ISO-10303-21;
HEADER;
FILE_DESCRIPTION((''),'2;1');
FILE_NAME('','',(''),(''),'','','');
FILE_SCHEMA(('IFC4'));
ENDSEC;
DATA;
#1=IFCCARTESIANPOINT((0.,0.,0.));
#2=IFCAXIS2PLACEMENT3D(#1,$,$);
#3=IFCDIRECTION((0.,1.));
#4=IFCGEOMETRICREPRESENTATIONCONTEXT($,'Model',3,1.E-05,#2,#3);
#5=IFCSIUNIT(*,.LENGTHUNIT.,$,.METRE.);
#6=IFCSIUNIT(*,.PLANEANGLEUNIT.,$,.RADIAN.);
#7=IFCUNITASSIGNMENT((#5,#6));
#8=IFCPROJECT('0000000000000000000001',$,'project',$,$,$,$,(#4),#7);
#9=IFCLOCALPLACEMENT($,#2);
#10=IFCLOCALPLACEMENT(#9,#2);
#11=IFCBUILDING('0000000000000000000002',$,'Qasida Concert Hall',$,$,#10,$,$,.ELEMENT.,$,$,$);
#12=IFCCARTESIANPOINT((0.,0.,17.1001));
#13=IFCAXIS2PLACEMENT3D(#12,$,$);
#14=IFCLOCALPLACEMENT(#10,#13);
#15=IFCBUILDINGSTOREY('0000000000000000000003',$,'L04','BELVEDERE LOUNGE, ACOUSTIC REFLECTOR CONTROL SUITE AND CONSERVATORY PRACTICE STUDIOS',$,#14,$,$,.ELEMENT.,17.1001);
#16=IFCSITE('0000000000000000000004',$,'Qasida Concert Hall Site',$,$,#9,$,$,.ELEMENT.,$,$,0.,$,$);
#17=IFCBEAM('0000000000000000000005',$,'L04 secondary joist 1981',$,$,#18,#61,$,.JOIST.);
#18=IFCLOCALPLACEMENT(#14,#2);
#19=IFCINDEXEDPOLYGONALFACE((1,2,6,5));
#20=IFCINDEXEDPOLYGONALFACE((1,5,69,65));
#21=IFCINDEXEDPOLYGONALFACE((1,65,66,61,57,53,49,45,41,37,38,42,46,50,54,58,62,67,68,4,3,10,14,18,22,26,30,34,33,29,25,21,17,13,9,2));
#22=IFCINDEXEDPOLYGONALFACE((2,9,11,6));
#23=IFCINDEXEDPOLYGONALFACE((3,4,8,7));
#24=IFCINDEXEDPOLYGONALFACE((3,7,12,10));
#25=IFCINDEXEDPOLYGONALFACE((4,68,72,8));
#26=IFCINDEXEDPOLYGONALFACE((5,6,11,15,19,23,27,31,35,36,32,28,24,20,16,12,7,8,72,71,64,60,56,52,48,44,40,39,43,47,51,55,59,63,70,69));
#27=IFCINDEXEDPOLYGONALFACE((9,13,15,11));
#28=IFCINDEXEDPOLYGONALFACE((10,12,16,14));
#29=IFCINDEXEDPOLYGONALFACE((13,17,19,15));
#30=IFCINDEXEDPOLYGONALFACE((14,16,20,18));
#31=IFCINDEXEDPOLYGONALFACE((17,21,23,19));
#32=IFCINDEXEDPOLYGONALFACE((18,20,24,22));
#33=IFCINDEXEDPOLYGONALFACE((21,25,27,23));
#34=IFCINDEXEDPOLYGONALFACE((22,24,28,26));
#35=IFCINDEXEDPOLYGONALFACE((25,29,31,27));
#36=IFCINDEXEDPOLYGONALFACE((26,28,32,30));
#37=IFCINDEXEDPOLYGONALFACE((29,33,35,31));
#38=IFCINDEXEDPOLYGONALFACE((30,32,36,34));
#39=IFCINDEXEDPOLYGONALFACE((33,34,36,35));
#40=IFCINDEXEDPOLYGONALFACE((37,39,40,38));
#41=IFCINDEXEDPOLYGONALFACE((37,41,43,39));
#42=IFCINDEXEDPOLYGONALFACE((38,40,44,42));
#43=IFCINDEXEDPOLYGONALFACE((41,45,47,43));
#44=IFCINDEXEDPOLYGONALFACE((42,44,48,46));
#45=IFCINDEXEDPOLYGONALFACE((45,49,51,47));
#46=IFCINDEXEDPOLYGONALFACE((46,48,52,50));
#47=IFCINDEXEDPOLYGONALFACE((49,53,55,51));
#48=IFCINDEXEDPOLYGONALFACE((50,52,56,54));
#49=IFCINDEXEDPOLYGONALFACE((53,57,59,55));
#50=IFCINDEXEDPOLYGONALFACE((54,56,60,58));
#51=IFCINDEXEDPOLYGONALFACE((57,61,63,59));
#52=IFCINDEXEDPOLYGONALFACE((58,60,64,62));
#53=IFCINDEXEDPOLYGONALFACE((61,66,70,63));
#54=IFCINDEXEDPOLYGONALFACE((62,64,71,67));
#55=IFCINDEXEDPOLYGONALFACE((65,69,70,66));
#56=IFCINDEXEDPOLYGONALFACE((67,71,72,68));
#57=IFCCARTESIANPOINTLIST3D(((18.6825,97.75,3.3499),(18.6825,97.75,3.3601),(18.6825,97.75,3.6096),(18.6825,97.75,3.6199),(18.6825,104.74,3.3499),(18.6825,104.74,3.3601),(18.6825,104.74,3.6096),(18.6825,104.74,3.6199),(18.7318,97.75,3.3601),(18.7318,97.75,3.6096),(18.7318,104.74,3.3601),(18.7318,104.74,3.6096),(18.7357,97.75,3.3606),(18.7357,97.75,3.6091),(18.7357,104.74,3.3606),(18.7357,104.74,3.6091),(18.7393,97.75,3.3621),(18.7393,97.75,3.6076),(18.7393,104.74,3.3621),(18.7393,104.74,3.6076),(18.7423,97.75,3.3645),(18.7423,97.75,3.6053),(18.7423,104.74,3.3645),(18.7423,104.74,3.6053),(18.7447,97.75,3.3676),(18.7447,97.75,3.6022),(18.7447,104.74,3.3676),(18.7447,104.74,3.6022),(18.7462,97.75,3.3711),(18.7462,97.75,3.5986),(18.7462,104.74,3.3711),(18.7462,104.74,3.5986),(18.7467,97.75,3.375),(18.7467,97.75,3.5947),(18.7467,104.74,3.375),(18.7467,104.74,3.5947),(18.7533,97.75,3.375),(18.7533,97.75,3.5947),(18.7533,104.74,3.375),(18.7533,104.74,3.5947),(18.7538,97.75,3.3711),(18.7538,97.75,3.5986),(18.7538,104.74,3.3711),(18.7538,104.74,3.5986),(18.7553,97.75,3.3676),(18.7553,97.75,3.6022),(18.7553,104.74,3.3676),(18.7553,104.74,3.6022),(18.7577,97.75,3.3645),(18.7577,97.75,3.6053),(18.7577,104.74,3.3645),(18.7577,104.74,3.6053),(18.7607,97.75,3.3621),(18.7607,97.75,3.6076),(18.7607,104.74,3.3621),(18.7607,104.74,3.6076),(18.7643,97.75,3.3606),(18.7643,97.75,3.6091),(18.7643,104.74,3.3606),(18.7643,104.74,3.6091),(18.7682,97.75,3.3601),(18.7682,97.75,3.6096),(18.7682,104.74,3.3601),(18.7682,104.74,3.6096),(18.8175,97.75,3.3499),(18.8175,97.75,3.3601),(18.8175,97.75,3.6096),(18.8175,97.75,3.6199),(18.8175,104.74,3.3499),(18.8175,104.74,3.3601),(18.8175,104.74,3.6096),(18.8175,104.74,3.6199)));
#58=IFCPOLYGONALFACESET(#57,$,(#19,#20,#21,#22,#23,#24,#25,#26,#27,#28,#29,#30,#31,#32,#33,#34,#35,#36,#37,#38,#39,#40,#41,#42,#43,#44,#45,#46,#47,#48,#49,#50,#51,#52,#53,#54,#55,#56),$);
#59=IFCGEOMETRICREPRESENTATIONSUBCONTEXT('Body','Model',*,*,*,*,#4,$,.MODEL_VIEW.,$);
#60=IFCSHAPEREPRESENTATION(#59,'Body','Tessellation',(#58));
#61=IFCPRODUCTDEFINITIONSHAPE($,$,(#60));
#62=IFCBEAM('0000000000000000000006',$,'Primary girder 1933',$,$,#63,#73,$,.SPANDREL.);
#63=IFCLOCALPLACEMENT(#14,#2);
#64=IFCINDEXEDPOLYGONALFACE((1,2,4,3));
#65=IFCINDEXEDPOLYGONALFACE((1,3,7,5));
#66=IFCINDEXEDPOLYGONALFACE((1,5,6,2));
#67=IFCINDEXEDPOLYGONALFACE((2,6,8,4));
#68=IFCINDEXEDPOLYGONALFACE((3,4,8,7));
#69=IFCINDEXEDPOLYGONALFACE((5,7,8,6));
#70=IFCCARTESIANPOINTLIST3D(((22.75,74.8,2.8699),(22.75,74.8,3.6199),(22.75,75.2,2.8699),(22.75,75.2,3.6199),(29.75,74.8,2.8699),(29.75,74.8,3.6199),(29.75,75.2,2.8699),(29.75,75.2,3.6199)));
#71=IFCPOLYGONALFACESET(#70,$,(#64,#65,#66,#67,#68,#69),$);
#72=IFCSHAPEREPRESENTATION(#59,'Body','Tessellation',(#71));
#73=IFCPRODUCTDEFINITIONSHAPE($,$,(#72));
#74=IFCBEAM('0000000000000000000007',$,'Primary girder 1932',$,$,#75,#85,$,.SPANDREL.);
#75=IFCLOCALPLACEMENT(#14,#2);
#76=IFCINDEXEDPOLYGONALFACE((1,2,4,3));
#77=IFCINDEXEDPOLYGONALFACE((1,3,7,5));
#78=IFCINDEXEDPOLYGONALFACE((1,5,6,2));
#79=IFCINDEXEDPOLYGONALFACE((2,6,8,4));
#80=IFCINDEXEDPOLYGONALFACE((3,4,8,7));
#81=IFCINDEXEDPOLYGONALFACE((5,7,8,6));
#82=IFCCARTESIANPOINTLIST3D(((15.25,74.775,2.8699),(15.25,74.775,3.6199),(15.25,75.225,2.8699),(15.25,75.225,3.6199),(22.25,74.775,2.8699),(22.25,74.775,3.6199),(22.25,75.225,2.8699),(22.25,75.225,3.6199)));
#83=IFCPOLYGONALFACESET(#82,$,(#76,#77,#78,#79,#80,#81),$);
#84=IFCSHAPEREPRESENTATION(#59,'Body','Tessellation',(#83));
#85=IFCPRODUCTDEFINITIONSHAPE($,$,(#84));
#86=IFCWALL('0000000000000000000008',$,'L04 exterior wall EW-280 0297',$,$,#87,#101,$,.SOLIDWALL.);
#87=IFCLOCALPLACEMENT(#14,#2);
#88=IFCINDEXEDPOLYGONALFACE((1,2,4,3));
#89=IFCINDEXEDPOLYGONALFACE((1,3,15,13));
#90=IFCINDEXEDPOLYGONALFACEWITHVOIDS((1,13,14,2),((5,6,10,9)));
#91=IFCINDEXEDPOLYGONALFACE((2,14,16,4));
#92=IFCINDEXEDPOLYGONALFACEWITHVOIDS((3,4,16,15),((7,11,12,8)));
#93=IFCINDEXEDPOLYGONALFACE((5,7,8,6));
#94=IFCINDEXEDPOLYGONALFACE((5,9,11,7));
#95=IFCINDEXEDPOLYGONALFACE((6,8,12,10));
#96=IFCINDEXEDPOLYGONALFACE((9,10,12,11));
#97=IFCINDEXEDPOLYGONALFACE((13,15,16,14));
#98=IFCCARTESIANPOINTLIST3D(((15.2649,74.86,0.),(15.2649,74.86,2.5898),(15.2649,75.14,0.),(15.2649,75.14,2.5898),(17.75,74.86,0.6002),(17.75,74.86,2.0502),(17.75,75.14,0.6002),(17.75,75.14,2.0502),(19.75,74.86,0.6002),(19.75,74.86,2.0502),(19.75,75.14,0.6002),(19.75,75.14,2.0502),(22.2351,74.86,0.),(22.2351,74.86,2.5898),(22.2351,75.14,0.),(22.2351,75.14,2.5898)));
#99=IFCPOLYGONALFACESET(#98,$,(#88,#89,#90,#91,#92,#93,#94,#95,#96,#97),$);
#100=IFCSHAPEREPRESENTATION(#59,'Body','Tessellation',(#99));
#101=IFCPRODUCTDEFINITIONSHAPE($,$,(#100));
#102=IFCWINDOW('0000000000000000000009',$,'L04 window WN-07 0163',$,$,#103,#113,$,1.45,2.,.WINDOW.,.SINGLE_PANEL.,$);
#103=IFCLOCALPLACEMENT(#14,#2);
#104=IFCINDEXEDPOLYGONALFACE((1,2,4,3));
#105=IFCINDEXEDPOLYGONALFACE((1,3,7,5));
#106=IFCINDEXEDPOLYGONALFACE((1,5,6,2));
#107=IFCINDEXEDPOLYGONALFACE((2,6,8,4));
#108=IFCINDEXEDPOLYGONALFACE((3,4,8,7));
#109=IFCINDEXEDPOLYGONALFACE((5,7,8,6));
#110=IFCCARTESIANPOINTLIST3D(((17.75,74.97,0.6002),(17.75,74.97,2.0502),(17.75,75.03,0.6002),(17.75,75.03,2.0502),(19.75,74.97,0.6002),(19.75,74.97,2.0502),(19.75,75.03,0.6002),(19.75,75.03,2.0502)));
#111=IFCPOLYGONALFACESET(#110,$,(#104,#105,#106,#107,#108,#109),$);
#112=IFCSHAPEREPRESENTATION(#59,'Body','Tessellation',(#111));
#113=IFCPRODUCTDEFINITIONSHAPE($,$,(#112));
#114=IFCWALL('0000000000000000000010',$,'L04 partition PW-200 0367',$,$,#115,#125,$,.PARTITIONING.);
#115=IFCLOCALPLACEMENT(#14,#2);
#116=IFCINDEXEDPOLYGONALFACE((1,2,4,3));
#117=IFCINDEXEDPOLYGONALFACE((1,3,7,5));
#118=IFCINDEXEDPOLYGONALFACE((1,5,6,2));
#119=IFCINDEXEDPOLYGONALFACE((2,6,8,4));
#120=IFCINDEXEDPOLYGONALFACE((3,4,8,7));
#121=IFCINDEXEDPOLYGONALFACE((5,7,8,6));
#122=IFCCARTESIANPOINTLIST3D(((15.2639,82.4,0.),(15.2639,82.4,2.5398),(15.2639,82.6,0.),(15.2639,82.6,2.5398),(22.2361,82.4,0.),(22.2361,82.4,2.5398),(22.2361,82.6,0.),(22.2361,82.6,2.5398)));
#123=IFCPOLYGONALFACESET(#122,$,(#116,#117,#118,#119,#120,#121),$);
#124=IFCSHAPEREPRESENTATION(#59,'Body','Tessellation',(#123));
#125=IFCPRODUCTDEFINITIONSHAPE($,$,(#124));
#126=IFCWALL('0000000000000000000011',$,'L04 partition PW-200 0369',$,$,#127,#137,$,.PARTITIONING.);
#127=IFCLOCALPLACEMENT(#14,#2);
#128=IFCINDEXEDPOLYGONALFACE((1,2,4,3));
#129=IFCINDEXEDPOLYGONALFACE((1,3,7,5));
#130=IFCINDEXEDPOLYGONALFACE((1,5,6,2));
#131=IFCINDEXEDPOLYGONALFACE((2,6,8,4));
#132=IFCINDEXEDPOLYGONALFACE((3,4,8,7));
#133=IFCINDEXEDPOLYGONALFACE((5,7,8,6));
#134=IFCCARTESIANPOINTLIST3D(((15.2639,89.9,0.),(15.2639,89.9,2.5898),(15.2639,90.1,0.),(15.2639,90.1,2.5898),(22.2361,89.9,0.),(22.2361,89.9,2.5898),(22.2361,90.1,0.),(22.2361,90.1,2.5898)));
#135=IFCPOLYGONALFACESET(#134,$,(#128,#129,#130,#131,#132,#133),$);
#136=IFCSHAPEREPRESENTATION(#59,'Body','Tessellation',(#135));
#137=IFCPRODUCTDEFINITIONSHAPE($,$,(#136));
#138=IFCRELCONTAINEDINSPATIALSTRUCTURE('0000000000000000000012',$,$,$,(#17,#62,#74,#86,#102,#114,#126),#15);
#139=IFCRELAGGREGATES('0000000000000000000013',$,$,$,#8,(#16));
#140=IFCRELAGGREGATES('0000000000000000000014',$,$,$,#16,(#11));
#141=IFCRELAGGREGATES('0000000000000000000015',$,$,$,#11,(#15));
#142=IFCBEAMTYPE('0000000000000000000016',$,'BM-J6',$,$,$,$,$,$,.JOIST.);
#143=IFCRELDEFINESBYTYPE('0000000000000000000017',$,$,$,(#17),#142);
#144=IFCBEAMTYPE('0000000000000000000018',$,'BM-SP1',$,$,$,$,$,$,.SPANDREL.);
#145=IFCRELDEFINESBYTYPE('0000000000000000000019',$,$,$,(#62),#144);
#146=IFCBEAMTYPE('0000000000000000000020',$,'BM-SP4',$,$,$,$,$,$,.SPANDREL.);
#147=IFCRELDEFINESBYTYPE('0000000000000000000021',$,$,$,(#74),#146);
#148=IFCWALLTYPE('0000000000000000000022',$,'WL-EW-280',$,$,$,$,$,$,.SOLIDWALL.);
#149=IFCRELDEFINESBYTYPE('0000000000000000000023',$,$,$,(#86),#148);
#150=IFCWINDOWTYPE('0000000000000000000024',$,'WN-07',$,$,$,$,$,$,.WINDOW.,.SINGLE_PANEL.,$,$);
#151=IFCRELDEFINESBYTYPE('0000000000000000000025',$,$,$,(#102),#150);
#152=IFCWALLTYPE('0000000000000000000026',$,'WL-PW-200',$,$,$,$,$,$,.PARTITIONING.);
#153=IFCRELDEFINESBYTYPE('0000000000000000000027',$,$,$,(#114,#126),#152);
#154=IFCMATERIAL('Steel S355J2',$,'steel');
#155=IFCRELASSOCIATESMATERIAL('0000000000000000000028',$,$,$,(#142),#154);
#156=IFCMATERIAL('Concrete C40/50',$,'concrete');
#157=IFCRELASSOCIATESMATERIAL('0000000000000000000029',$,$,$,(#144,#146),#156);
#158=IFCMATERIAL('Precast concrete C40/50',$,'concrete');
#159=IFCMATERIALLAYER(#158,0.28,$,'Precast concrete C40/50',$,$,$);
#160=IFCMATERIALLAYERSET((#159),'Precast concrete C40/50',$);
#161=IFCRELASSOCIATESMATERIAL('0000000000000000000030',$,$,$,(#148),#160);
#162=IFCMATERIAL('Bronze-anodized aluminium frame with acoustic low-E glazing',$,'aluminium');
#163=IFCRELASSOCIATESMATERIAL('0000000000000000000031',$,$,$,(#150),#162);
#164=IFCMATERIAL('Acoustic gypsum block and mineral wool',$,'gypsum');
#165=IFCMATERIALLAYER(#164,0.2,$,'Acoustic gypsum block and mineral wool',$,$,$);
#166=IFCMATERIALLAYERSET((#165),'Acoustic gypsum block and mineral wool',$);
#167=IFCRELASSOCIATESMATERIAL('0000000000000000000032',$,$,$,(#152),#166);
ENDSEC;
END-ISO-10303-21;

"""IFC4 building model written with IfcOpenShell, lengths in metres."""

from ifc_helpers import new_model, si_unit, direction, frame, frame_2d, origin, origin_2d, place, context, subcontext, project, spatial, rectangle, i_section, extrude, material, layer, layer_set, material_profile, profile_set, type_object, element, fill, save


model = new_model("IFC4")

# Units and contexts
model_context = context("Model", 3, precision=1e-05, world=origin(), true_north=direction((0.0, 1.0)))
body_context = subcontext(model_context, "Body", "Model", "MODEL_VIEW")
ifc_project = project(units=[si_unit("LENGTHUNIT", "METRE"), si_unit("PLANEANGLEUNIT", "RADIAN")], contexts=[model_context])

# Site, building, storey
site_placement = place(None, origin())
site = spatial("IfcSite", under=ifc_project, at=site_placement, Name="Qasida Concert Hall Site", CompositionType="ELEMENT", RefElevation=0.0)
building_placement = place(site_placement, origin())
building = spatial("IfcBuilding", under=site, at=building_placement, Name="Qasida Concert Hall", CompositionType="ELEMENT")
storey_placement = place(building_placement, frame((0.0, 0.0, 17.1001)))
storey = spatial("IfcBuildingStorey", under=building, at=storey_placement, Name="L04", Description="BELVEDERE LOUNGE, ACOUSTIC REFLECTOR CONTROL SUITE AND CONSERVATORY PRACTICE STUDIOS", CompositionType="ELEMENT", Elevation=17.1001)

# Beams
ifc_material_1 = material(Name="Concrete C40/50", Category="concrete")
ifc_material_2 = material(Name="Steel S355J2", Category="steel")
ifc_material_profile_1 = material_profile(ifc_material_2, i_section(OverallWidth=0.135, OverallDepth=0.27, WebThickness=0.0066, FlangeThickness=0.0103, FilletRadius=0.0149, at=origin_2d()), Name="IPE 270")
ifc_profile_set_1 = profile_set([ifc_material_profile_1], Name="Steel S355J2")
beam_type_1 = type_object("IfcBeamType", Name="BM-J6", PredefinedType="JOIST", material=ifc_profile_set_1)
beam_1_placement = place(storey_placement, frame((18.75, 97.75, 3.4849), z_axis=(0.0, 1.0, 0.0), x_axis=(-1.0, 0.0, 0.0)))
element("IfcBeam", 1, at=beam_1_placement, inside=storey, type_object=beam_type_1, Name="L04 secondary joist 1981", PredefinedType="JOIST", context=body_context, shape_type="SweptSolid", body=[
    extrude(i_section(OverallWidth=0.135, OverallDepth=0.27, WebThickness=0.0066, FlangeThickness=0.0103, FilletRadius=0.0149, at=origin_2d()), origin(), (0.0, 0.0, 1.0), 6.99),
])
ifc_material_profile_2 = material_profile(ifc_material_1, rectangle(XDim=0.3999, YDim=0.75, at=origin_2d()), Name="RC 400x750")
ifc_profile_set_2 = profile_set([ifc_material_profile_2], Name="Concrete C40/50")
beam_type_2 = type_object("IfcBeamType", Name="BM-SP1", PredefinedType="SPANDREL", material=ifc_profile_set_2)
beam_2_placement = place(storey_placement, frame((22.75, 75.0, 3.2449), z_axis=(1.0, 0.0, 0.0), x_axis=(0.0, 1.0, 0.0)))
element("IfcBeam", 2, at=beam_2_placement, inside=storey, type_object=beam_type_2, Name="Primary girder 1933", PredefinedType="SPANDREL", context=body_context, shape_type="SweptSolid", body=[
    extrude(rectangle(XDim=0.3999, YDim=0.75, at=origin_2d()), origin(), (0.0, 0.0, 1.0), 7.0),
])
ifc_material_profile_3 = material_profile(ifc_material_1, rectangle(XDim=0.45, YDim=0.75, at=origin_2d()), Name="RC 450x750")
ifc_profile_set_3 = profile_set([ifc_material_profile_3], Name="Concrete C40/50")
beam_type_3 = type_object("IfcBeamType", Name="BM-SP4", PredefinedType="SPANDREL", material=ifc_profile_set_3)
beam_3_placement = place(storey_placement, frame((15.25, 75.0, 3.2449), z_axis=(1.0, 0.0, 0.0), x_axis=(0.0, 1.0, 0.0)))
element("IfcBeam", 3, at=beam_3_placement, inside=storey, type_object=beam_type_3, Name="Primary girder 1932", PredefinedType="SPANDREL", context=body_context, shape_type="SweptSolid", body=[
    extrude(rectangle(XDim=0.45, YDim=0.75, at=origin_2d()), origin(), (0.0, 0.0, 1.0), 7.0),
])

# Wall, opening, window
ifc_material_3 = material(Name="Precast concrete C40/50", Category="concrete")
ifc_layer_1 = layer(ifc_material_3, 0.28, Name="Precast concrete C40/50")
ifc_layer_set_1 = layer_set([ifc_layer_1], Name="Precast concrete C40/50")
wall_type_1 = type_object("IfcWallType", Name="WL-EW-280", PredefinedType="SOLIDWALL", material=ifc_layer_set_1)
wall_1_placement = place(storey_placement, frame((15.2649, 75.0, 0.0), z_axis=(0.0, 0.0, 1.0), x_axis=(1.0, 0.0, 0.0)))
wall_1 = element("IfcWall", 4, at=wall_1_placement, inside=storey, type_object=wall_type_1, Name="L04 exterior wall EW-280 0297", PredefinedType="SOLIDWALL", context=body_context, shape_type="SweptSolid", body=[
    extrude(rectangle(XDim=6.9702, YDim=0.28, at=frame_2d((3.4851, 0.0))), origin(), (0.0, 0.0, 1.0), 2.5898),
])
opening_placement = place(wall_1_placement, frame((2.4851, 0.0, 0.6001)))
opening = element("IfcOpeningElement", 5, at=opening_placement, cuts=wall_1, PredefinedType="OPENING", context=body_context, shape_type="SweptSolid", body=[
    extrude(rectangle(XDim=2.0, YDim=1.45, at=frame_2d((1.0, 0.7251))), frame((0.0, 0.1499, 0.0), z_axis=(0.0, -1.0, 0.0), x_axis=(1.0, 0.0, 0.0)), (0.0, 0.0, 1.0), 0.3),
])
ifc_material_4 = material(Name="Bronze-anodized aluminium frame with acoustic low-E glazing", Category="aluminium")
window_type = type_object("IfcWindowType", Name="WN-07", PartitioningType="SINGLE_PANEL", PredefinedType="WINDOW", material=ifc_material_4)
window_placement = place(opening_placement, origin())
window = element("IfcWindow", 6, at=window_placement, inside=storey, type_object=window_type, Name="L04 window WN-07 0163", OverallHeight=1.45, OverallWidth=2.0, PartitioningType="SINGLE_PANEL", PredefinedType="WINDOW", context=body_context, shape_type="SweptSolid", body=[
    extrude(rectangle(XDim=2.0, YDim=1.45, at=frame_2d((1.0, 0.7251))), frame((0.0, 0.03, 0.0), z_axis=(0.0, -1.0, 0.0), x_axis=(1.0, 0.0, 0.0)), (0.0, 0.0, 1.0), 0.0601),
])
fill(opening, window)

# Walls
ifc_material_5 = material(Name="Acoustic gypsum block and mineral wool", Category="gypsum")
ifc_layer_2 = layer(ifc_material_5, 0.2, Name="Acoustic gypsum block and mineral wool")
ifc_layer_set_2 = layer_set([ifc_layer_2], Name="Acoustic gypsum block and mineral wool")
wall_type_2 = type_object("IfcWallType", Name="WL-PW-200", PredefinedType="PARTITIONING", material=ifc_layer_set_2)
wall_2_placement = place(storey_placement, frame((15.2639, 82.5, 0.0), z_axis=(0.0, 0.0, 1.0), x_axis=(1.0, 0.0, 0.0)))
element("IfcWall", 7, at=wall_2_placement, inside=storey, type_object=wall_type_2, Name="L04 partition PW-200 0367", PredefinedType="PARTITIONING", context=body_context, shape_type="SweptSolid", body=[
    extrude(rectangle(XDim=6.9722, YDim=0.2, at=frame_2d((3.4861, 0.0))), origin(), (0.0, 0.0, 1.0), 2.5398),
])
wall_3_placement = place(storey_placement, frame((15.2639, 90.0, 0.0), z_axis=(0.0, 0.0, 1.0), x_axis=(1.0, 0.0, 0.0)))
element("IfcWall", 8, at=wall_3_placement, inside=storey, type_object=wall_type_2, Name="L04 partition PW-200 0369", PredefinedType="PARTITIONING", context=body_context, shape_type="SweptSolid", body=[
    extrude(rectangle(XDim=6.9722, YDim=0.2, at=frame_2d((3.4861, 0.0))), origin(), (0.0, 0.0, 1.0), 2.5898),
])

save(model, "model.ifc")
